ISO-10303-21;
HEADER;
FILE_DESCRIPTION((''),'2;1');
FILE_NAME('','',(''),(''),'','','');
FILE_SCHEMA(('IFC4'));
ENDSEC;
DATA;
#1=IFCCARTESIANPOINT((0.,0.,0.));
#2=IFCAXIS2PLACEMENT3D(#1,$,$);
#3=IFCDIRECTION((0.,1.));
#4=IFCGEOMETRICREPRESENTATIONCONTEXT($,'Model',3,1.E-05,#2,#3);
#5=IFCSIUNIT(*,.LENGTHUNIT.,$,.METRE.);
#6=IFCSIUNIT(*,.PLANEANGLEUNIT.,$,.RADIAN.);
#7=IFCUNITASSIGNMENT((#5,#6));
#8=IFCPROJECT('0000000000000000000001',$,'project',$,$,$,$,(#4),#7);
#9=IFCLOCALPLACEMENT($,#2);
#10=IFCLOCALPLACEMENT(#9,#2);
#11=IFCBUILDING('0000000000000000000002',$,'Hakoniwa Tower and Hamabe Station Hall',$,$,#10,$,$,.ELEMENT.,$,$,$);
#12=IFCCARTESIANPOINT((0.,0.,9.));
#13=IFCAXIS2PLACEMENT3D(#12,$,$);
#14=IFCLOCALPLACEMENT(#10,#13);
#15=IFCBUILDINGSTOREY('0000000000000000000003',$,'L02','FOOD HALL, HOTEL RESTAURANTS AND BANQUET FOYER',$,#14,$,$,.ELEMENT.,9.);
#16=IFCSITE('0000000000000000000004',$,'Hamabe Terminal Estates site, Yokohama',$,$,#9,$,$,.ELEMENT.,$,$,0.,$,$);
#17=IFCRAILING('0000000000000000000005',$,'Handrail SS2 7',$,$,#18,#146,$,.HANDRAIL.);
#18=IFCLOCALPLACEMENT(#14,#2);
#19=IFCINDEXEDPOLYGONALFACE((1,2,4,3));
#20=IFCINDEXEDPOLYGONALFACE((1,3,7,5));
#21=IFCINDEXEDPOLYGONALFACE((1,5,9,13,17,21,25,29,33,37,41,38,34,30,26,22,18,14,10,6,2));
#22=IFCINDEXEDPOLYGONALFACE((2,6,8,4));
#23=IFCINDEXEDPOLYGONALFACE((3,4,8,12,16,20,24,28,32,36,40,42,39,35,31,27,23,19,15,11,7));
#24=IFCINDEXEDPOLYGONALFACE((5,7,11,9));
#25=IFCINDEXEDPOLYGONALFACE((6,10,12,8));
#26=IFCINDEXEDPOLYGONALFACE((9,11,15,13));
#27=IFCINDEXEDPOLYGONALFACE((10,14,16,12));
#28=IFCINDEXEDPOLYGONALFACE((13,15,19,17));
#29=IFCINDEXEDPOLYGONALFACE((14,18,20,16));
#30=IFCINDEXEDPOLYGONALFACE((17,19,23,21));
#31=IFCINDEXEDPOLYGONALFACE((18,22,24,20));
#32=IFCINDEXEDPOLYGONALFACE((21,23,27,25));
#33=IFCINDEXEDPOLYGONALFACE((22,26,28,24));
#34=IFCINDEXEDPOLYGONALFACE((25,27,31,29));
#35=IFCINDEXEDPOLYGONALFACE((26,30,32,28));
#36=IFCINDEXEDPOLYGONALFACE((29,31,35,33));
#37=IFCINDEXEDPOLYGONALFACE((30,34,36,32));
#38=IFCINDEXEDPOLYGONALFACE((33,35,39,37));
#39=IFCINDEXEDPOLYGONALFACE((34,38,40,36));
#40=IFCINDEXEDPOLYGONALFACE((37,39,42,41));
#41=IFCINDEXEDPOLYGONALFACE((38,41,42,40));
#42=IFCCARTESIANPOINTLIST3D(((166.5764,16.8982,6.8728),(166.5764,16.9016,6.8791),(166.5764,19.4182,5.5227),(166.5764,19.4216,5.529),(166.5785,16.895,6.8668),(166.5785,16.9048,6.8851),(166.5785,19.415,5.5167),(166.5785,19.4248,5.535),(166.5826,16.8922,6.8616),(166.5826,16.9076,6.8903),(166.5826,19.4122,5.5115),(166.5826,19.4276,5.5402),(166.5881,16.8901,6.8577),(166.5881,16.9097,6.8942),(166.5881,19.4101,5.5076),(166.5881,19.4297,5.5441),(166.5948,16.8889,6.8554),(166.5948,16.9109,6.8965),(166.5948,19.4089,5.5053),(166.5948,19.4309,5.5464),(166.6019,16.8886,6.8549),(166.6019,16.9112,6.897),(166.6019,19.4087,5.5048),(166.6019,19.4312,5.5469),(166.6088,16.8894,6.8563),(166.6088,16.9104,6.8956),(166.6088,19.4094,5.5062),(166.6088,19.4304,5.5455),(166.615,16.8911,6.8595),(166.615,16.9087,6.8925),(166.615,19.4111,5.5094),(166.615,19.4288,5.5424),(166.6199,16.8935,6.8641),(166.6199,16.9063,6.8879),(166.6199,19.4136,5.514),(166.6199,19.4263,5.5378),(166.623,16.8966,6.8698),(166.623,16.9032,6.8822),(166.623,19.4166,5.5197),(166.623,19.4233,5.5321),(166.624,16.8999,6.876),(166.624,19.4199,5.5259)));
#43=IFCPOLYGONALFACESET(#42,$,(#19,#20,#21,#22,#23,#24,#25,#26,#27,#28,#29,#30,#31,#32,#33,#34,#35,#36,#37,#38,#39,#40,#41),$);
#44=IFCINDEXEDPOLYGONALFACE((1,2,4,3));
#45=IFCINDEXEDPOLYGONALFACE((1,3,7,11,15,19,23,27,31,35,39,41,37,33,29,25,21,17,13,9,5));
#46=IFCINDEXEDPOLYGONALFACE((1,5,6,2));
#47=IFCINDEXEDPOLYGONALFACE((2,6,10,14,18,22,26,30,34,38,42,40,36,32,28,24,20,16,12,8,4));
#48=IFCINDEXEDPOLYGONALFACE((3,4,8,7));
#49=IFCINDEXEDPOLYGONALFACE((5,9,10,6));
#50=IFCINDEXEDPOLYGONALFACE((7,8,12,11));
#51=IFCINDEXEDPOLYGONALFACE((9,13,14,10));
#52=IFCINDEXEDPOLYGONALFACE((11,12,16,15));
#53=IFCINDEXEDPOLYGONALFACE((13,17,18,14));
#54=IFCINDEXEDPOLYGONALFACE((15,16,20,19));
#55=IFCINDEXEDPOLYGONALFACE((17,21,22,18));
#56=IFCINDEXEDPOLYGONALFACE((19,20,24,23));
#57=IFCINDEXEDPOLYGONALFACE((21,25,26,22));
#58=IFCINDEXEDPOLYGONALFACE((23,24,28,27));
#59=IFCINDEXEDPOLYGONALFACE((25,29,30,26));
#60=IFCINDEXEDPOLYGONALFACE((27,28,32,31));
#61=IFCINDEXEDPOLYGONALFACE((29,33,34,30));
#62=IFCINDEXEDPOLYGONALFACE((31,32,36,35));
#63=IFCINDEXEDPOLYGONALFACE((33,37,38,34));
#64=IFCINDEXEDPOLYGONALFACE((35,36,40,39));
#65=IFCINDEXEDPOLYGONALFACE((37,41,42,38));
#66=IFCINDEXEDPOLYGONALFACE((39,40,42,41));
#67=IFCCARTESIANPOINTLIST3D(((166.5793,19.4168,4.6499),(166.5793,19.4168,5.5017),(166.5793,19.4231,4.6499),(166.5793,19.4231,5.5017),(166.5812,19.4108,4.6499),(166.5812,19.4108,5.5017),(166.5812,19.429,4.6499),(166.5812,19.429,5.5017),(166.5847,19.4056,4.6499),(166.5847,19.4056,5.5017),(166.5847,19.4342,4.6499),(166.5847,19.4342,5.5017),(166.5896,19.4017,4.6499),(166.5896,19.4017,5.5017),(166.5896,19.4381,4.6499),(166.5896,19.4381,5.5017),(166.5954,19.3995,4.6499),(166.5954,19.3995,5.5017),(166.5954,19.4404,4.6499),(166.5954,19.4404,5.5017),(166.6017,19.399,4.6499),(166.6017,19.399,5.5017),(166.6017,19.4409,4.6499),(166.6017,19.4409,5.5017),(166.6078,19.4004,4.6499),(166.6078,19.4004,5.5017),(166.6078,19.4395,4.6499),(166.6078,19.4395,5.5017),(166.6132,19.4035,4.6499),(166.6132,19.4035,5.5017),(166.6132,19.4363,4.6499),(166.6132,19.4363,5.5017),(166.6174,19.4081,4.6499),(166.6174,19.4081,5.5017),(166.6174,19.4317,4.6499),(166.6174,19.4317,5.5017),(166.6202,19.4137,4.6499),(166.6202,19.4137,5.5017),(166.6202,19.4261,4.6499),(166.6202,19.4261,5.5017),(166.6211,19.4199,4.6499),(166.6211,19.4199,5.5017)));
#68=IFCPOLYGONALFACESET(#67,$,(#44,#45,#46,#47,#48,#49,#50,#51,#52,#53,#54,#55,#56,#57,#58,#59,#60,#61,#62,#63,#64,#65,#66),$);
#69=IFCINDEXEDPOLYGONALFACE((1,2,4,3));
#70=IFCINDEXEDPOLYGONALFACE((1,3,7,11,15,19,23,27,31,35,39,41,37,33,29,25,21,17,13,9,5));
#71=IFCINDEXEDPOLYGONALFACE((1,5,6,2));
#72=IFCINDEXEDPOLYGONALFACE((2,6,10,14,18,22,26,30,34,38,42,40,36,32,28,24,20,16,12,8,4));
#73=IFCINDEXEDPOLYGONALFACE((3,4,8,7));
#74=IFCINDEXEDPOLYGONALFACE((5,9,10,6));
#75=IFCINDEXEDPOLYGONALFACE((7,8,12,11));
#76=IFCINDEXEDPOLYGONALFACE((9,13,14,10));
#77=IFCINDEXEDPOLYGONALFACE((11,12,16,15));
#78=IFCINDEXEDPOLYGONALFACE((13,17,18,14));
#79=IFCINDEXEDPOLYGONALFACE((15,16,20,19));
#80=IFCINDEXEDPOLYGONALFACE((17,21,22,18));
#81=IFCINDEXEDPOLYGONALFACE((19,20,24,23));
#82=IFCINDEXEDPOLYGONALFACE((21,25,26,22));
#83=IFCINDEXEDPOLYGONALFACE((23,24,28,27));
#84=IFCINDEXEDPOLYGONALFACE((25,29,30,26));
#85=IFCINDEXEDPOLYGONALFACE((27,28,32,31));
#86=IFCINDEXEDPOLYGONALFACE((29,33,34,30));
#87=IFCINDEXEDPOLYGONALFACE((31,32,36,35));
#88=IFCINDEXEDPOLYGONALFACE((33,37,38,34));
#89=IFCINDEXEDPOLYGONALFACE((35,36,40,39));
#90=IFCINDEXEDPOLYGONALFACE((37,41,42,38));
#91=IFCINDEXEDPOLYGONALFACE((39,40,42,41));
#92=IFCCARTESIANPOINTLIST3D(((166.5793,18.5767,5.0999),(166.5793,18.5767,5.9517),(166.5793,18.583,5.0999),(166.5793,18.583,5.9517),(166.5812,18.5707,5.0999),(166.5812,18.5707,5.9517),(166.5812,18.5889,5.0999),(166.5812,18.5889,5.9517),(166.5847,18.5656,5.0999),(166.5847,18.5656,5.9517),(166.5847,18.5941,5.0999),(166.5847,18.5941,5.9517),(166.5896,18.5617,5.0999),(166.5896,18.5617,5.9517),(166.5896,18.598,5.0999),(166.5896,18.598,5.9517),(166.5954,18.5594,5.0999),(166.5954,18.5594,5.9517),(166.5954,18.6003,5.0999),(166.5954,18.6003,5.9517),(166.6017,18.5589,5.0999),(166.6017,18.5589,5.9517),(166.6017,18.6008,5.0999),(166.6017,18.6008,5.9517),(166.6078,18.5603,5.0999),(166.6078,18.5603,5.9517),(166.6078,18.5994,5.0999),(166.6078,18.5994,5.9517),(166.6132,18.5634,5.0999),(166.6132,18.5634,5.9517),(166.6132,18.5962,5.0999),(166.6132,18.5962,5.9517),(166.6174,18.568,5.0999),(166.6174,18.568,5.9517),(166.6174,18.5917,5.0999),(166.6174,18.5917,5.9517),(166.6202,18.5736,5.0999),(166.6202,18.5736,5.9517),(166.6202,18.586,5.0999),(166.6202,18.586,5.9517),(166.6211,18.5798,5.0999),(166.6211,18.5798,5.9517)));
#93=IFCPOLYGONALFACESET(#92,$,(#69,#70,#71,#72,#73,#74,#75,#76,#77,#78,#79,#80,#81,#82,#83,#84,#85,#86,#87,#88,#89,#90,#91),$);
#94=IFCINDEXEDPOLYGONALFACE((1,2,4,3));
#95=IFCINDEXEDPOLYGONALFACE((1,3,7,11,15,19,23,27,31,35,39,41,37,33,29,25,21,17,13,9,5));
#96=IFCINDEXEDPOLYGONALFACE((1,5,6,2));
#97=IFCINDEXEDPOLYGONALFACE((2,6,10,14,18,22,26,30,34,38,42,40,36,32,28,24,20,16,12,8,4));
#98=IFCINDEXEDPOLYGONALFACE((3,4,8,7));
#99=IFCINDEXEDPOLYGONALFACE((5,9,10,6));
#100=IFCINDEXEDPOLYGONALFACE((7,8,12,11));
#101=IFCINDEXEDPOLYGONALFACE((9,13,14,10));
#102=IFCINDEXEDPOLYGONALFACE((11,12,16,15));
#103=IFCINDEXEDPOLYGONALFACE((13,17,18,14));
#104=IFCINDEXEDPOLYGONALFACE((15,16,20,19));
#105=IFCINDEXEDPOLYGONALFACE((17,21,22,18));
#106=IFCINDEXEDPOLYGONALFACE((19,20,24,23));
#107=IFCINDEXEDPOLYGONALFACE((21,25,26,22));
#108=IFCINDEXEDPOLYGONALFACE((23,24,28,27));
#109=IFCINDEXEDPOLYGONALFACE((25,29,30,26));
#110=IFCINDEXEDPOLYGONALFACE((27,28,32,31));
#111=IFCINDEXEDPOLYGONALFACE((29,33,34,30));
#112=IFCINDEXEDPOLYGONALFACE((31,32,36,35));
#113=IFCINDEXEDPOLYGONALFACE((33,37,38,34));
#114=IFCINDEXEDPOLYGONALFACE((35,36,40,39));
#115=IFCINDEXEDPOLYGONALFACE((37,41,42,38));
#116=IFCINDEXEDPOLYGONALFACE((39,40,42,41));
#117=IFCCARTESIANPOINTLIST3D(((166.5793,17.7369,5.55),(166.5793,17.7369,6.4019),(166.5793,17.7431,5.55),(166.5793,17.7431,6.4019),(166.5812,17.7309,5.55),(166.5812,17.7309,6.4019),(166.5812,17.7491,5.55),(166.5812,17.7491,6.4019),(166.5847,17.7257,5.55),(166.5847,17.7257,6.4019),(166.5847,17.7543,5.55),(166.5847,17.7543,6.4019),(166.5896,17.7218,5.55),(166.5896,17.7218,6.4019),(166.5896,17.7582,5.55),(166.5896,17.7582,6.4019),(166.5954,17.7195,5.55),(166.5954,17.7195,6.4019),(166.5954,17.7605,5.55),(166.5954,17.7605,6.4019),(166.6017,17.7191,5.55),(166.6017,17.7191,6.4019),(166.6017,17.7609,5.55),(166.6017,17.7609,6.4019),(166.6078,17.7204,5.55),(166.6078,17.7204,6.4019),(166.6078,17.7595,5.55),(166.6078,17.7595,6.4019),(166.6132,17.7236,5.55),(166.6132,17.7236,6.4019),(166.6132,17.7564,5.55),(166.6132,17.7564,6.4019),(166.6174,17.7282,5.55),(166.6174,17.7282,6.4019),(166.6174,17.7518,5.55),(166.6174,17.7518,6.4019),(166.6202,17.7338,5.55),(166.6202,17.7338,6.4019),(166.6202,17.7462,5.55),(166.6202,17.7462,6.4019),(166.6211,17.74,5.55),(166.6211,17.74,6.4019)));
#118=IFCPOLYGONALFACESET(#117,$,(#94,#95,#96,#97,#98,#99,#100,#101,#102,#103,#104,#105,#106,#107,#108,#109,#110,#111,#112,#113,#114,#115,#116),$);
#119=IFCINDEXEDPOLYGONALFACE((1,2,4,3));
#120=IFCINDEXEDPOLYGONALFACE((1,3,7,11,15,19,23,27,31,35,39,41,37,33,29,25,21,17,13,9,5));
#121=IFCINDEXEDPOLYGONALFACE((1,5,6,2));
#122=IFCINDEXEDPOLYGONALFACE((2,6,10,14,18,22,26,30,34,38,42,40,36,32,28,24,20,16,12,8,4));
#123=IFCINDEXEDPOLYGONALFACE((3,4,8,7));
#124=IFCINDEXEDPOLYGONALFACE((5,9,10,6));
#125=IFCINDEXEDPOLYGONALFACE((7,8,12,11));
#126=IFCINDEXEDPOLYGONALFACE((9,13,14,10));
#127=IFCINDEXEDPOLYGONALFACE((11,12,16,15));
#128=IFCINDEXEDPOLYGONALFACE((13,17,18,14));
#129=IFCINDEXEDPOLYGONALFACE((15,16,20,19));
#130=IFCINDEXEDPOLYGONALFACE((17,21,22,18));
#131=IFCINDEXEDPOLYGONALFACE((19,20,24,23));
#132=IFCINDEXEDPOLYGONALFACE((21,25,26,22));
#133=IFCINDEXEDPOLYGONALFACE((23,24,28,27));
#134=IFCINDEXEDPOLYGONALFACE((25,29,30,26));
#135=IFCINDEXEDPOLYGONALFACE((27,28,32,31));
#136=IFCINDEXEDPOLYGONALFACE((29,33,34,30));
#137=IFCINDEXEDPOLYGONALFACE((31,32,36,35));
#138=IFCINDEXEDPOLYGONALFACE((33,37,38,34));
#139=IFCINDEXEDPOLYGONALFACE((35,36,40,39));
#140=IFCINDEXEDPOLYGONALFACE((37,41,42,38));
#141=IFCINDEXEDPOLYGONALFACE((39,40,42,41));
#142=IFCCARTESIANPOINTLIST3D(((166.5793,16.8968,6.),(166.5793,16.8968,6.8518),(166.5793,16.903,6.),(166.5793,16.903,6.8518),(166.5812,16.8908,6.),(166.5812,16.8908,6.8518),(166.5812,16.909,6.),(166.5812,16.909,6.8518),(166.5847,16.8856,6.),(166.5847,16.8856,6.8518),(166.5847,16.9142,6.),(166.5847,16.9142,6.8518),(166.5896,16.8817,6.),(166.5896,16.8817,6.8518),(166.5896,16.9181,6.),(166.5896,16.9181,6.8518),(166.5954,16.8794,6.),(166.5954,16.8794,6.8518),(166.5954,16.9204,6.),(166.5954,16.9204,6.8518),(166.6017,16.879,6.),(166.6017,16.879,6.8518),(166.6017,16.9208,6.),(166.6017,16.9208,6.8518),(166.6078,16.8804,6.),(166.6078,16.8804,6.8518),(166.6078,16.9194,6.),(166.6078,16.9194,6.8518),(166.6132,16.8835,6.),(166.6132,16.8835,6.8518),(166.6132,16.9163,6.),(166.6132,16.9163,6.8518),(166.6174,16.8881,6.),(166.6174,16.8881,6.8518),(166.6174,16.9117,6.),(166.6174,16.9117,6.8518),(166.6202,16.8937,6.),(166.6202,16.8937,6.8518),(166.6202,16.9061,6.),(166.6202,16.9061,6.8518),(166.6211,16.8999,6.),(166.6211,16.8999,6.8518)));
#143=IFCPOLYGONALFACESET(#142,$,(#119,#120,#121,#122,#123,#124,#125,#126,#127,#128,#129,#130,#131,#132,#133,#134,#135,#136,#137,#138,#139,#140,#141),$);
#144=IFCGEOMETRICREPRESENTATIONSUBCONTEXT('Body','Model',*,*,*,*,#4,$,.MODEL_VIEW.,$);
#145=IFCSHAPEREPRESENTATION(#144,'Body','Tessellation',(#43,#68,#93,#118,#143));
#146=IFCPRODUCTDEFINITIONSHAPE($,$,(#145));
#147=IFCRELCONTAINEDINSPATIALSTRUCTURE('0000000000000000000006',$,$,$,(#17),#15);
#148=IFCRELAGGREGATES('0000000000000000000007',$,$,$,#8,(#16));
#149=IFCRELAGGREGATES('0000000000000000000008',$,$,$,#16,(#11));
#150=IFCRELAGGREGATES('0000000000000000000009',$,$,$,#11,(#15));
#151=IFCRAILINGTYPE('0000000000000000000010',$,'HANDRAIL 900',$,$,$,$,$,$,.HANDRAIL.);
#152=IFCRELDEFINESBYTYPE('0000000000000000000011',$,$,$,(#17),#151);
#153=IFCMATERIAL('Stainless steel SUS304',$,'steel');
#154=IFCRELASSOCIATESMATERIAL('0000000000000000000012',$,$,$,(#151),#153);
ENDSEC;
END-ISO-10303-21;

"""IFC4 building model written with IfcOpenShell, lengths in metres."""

from ifc_helpers import new_model, si_unit, direction, frame, origin, origin_2d, place, context, subcontext, project, spatial, circle, extrude, material, type_object, element, save


model = new_model("IFC4")

# Units and contexts
model_context = context("Model", 3, precision=1e-05, world=origin(), true_north=direction((0.0, 1.0)))
body_context = subcontext(model_context, "Body", "Model", "MODEL_VIEW")
ifc_project = project(units=[si_unit("LENGTHUNIT", "METRE"), si_unit("PLANEANGLEUNIT", "RADIAN")], contexts=[model_context])

# Site, building, storey
site_placement = place(None, origin())
site = spatial("IfcSite", under=ifc_project, at=site_placement, Name="Hamabe Terminal Estates site, Yokohama", CompositionType="ELEMENT", RefElevation=0.0)
building_placement = place(site_placement, origin())
building = spatial("IfcBuilding", under=site, at=building_placement, Name="Hakoniwa Tower and Hamabe Station Hall", CompositionType="ELEMENT")
storey_placement = place(building_placement, frame((0.0, 0.0, 9.0)))
storey = spatial("IfcBuildingStorey", under=building, at=storey_placement, Name="L02", Description="FOOD HALL, HOTEL RESTAURANTS AND BANQUET FOYER", CompositionType="ELEMENT", Elevation=9.0)

# Railing
ifc_material_1 = material(Name="Stainless steel SUS304", Category="steel")
railing_type = type_object("IfcRailingType", Name="HANDRAIL 900", PredefinedType="HANDRAIL", material=ifc_material_1)
for number, where, name in (
    (1, (166.6001, 19.4199, 4.6499), "Handrail SS2 7"),
):
    element("IfcRailing", number, at=place(storey_placement, frame(where)), inside=storey, type_object=railing_type, Name=name, PredefinedType="HANDRAIL", context=body_context, shape_type="SweptSolid", body=[
        extrude(circle(Radius=0.0239, at=origin_2d()), frame((0.0, 0.0, 0.876), z_axis=(0.0, -0.881467, 0.472245), x_axis=(1.0, 0.0, 0.0)), (0.0, 0.0, 1.0), 2.8589),
        extrude(circle(Radius=0.021, at=origin_2d()), origin(), (0.0, 0.0, 1.0), 0.8518),
        extrude(circle(Radius=0.021, at=origin_2d()), frame((0.0, -0.8401, 0.45)), (0.0, 0.0, 1.0), 0.8518),
        extrude(circle(Radius=0.021, at=origin_2d()), frame((0.0, -1.6799, 0.9001)), (0.0, 0.0, 1.0), 0.8518),
        extrude(circle(Radius=0.021, at=origin_2d()), frame((0.0, -2.52, 1.3501)), (0.0, 0.0, 1.0), 0.8518),
    ])

save(model, "model.ifc")
